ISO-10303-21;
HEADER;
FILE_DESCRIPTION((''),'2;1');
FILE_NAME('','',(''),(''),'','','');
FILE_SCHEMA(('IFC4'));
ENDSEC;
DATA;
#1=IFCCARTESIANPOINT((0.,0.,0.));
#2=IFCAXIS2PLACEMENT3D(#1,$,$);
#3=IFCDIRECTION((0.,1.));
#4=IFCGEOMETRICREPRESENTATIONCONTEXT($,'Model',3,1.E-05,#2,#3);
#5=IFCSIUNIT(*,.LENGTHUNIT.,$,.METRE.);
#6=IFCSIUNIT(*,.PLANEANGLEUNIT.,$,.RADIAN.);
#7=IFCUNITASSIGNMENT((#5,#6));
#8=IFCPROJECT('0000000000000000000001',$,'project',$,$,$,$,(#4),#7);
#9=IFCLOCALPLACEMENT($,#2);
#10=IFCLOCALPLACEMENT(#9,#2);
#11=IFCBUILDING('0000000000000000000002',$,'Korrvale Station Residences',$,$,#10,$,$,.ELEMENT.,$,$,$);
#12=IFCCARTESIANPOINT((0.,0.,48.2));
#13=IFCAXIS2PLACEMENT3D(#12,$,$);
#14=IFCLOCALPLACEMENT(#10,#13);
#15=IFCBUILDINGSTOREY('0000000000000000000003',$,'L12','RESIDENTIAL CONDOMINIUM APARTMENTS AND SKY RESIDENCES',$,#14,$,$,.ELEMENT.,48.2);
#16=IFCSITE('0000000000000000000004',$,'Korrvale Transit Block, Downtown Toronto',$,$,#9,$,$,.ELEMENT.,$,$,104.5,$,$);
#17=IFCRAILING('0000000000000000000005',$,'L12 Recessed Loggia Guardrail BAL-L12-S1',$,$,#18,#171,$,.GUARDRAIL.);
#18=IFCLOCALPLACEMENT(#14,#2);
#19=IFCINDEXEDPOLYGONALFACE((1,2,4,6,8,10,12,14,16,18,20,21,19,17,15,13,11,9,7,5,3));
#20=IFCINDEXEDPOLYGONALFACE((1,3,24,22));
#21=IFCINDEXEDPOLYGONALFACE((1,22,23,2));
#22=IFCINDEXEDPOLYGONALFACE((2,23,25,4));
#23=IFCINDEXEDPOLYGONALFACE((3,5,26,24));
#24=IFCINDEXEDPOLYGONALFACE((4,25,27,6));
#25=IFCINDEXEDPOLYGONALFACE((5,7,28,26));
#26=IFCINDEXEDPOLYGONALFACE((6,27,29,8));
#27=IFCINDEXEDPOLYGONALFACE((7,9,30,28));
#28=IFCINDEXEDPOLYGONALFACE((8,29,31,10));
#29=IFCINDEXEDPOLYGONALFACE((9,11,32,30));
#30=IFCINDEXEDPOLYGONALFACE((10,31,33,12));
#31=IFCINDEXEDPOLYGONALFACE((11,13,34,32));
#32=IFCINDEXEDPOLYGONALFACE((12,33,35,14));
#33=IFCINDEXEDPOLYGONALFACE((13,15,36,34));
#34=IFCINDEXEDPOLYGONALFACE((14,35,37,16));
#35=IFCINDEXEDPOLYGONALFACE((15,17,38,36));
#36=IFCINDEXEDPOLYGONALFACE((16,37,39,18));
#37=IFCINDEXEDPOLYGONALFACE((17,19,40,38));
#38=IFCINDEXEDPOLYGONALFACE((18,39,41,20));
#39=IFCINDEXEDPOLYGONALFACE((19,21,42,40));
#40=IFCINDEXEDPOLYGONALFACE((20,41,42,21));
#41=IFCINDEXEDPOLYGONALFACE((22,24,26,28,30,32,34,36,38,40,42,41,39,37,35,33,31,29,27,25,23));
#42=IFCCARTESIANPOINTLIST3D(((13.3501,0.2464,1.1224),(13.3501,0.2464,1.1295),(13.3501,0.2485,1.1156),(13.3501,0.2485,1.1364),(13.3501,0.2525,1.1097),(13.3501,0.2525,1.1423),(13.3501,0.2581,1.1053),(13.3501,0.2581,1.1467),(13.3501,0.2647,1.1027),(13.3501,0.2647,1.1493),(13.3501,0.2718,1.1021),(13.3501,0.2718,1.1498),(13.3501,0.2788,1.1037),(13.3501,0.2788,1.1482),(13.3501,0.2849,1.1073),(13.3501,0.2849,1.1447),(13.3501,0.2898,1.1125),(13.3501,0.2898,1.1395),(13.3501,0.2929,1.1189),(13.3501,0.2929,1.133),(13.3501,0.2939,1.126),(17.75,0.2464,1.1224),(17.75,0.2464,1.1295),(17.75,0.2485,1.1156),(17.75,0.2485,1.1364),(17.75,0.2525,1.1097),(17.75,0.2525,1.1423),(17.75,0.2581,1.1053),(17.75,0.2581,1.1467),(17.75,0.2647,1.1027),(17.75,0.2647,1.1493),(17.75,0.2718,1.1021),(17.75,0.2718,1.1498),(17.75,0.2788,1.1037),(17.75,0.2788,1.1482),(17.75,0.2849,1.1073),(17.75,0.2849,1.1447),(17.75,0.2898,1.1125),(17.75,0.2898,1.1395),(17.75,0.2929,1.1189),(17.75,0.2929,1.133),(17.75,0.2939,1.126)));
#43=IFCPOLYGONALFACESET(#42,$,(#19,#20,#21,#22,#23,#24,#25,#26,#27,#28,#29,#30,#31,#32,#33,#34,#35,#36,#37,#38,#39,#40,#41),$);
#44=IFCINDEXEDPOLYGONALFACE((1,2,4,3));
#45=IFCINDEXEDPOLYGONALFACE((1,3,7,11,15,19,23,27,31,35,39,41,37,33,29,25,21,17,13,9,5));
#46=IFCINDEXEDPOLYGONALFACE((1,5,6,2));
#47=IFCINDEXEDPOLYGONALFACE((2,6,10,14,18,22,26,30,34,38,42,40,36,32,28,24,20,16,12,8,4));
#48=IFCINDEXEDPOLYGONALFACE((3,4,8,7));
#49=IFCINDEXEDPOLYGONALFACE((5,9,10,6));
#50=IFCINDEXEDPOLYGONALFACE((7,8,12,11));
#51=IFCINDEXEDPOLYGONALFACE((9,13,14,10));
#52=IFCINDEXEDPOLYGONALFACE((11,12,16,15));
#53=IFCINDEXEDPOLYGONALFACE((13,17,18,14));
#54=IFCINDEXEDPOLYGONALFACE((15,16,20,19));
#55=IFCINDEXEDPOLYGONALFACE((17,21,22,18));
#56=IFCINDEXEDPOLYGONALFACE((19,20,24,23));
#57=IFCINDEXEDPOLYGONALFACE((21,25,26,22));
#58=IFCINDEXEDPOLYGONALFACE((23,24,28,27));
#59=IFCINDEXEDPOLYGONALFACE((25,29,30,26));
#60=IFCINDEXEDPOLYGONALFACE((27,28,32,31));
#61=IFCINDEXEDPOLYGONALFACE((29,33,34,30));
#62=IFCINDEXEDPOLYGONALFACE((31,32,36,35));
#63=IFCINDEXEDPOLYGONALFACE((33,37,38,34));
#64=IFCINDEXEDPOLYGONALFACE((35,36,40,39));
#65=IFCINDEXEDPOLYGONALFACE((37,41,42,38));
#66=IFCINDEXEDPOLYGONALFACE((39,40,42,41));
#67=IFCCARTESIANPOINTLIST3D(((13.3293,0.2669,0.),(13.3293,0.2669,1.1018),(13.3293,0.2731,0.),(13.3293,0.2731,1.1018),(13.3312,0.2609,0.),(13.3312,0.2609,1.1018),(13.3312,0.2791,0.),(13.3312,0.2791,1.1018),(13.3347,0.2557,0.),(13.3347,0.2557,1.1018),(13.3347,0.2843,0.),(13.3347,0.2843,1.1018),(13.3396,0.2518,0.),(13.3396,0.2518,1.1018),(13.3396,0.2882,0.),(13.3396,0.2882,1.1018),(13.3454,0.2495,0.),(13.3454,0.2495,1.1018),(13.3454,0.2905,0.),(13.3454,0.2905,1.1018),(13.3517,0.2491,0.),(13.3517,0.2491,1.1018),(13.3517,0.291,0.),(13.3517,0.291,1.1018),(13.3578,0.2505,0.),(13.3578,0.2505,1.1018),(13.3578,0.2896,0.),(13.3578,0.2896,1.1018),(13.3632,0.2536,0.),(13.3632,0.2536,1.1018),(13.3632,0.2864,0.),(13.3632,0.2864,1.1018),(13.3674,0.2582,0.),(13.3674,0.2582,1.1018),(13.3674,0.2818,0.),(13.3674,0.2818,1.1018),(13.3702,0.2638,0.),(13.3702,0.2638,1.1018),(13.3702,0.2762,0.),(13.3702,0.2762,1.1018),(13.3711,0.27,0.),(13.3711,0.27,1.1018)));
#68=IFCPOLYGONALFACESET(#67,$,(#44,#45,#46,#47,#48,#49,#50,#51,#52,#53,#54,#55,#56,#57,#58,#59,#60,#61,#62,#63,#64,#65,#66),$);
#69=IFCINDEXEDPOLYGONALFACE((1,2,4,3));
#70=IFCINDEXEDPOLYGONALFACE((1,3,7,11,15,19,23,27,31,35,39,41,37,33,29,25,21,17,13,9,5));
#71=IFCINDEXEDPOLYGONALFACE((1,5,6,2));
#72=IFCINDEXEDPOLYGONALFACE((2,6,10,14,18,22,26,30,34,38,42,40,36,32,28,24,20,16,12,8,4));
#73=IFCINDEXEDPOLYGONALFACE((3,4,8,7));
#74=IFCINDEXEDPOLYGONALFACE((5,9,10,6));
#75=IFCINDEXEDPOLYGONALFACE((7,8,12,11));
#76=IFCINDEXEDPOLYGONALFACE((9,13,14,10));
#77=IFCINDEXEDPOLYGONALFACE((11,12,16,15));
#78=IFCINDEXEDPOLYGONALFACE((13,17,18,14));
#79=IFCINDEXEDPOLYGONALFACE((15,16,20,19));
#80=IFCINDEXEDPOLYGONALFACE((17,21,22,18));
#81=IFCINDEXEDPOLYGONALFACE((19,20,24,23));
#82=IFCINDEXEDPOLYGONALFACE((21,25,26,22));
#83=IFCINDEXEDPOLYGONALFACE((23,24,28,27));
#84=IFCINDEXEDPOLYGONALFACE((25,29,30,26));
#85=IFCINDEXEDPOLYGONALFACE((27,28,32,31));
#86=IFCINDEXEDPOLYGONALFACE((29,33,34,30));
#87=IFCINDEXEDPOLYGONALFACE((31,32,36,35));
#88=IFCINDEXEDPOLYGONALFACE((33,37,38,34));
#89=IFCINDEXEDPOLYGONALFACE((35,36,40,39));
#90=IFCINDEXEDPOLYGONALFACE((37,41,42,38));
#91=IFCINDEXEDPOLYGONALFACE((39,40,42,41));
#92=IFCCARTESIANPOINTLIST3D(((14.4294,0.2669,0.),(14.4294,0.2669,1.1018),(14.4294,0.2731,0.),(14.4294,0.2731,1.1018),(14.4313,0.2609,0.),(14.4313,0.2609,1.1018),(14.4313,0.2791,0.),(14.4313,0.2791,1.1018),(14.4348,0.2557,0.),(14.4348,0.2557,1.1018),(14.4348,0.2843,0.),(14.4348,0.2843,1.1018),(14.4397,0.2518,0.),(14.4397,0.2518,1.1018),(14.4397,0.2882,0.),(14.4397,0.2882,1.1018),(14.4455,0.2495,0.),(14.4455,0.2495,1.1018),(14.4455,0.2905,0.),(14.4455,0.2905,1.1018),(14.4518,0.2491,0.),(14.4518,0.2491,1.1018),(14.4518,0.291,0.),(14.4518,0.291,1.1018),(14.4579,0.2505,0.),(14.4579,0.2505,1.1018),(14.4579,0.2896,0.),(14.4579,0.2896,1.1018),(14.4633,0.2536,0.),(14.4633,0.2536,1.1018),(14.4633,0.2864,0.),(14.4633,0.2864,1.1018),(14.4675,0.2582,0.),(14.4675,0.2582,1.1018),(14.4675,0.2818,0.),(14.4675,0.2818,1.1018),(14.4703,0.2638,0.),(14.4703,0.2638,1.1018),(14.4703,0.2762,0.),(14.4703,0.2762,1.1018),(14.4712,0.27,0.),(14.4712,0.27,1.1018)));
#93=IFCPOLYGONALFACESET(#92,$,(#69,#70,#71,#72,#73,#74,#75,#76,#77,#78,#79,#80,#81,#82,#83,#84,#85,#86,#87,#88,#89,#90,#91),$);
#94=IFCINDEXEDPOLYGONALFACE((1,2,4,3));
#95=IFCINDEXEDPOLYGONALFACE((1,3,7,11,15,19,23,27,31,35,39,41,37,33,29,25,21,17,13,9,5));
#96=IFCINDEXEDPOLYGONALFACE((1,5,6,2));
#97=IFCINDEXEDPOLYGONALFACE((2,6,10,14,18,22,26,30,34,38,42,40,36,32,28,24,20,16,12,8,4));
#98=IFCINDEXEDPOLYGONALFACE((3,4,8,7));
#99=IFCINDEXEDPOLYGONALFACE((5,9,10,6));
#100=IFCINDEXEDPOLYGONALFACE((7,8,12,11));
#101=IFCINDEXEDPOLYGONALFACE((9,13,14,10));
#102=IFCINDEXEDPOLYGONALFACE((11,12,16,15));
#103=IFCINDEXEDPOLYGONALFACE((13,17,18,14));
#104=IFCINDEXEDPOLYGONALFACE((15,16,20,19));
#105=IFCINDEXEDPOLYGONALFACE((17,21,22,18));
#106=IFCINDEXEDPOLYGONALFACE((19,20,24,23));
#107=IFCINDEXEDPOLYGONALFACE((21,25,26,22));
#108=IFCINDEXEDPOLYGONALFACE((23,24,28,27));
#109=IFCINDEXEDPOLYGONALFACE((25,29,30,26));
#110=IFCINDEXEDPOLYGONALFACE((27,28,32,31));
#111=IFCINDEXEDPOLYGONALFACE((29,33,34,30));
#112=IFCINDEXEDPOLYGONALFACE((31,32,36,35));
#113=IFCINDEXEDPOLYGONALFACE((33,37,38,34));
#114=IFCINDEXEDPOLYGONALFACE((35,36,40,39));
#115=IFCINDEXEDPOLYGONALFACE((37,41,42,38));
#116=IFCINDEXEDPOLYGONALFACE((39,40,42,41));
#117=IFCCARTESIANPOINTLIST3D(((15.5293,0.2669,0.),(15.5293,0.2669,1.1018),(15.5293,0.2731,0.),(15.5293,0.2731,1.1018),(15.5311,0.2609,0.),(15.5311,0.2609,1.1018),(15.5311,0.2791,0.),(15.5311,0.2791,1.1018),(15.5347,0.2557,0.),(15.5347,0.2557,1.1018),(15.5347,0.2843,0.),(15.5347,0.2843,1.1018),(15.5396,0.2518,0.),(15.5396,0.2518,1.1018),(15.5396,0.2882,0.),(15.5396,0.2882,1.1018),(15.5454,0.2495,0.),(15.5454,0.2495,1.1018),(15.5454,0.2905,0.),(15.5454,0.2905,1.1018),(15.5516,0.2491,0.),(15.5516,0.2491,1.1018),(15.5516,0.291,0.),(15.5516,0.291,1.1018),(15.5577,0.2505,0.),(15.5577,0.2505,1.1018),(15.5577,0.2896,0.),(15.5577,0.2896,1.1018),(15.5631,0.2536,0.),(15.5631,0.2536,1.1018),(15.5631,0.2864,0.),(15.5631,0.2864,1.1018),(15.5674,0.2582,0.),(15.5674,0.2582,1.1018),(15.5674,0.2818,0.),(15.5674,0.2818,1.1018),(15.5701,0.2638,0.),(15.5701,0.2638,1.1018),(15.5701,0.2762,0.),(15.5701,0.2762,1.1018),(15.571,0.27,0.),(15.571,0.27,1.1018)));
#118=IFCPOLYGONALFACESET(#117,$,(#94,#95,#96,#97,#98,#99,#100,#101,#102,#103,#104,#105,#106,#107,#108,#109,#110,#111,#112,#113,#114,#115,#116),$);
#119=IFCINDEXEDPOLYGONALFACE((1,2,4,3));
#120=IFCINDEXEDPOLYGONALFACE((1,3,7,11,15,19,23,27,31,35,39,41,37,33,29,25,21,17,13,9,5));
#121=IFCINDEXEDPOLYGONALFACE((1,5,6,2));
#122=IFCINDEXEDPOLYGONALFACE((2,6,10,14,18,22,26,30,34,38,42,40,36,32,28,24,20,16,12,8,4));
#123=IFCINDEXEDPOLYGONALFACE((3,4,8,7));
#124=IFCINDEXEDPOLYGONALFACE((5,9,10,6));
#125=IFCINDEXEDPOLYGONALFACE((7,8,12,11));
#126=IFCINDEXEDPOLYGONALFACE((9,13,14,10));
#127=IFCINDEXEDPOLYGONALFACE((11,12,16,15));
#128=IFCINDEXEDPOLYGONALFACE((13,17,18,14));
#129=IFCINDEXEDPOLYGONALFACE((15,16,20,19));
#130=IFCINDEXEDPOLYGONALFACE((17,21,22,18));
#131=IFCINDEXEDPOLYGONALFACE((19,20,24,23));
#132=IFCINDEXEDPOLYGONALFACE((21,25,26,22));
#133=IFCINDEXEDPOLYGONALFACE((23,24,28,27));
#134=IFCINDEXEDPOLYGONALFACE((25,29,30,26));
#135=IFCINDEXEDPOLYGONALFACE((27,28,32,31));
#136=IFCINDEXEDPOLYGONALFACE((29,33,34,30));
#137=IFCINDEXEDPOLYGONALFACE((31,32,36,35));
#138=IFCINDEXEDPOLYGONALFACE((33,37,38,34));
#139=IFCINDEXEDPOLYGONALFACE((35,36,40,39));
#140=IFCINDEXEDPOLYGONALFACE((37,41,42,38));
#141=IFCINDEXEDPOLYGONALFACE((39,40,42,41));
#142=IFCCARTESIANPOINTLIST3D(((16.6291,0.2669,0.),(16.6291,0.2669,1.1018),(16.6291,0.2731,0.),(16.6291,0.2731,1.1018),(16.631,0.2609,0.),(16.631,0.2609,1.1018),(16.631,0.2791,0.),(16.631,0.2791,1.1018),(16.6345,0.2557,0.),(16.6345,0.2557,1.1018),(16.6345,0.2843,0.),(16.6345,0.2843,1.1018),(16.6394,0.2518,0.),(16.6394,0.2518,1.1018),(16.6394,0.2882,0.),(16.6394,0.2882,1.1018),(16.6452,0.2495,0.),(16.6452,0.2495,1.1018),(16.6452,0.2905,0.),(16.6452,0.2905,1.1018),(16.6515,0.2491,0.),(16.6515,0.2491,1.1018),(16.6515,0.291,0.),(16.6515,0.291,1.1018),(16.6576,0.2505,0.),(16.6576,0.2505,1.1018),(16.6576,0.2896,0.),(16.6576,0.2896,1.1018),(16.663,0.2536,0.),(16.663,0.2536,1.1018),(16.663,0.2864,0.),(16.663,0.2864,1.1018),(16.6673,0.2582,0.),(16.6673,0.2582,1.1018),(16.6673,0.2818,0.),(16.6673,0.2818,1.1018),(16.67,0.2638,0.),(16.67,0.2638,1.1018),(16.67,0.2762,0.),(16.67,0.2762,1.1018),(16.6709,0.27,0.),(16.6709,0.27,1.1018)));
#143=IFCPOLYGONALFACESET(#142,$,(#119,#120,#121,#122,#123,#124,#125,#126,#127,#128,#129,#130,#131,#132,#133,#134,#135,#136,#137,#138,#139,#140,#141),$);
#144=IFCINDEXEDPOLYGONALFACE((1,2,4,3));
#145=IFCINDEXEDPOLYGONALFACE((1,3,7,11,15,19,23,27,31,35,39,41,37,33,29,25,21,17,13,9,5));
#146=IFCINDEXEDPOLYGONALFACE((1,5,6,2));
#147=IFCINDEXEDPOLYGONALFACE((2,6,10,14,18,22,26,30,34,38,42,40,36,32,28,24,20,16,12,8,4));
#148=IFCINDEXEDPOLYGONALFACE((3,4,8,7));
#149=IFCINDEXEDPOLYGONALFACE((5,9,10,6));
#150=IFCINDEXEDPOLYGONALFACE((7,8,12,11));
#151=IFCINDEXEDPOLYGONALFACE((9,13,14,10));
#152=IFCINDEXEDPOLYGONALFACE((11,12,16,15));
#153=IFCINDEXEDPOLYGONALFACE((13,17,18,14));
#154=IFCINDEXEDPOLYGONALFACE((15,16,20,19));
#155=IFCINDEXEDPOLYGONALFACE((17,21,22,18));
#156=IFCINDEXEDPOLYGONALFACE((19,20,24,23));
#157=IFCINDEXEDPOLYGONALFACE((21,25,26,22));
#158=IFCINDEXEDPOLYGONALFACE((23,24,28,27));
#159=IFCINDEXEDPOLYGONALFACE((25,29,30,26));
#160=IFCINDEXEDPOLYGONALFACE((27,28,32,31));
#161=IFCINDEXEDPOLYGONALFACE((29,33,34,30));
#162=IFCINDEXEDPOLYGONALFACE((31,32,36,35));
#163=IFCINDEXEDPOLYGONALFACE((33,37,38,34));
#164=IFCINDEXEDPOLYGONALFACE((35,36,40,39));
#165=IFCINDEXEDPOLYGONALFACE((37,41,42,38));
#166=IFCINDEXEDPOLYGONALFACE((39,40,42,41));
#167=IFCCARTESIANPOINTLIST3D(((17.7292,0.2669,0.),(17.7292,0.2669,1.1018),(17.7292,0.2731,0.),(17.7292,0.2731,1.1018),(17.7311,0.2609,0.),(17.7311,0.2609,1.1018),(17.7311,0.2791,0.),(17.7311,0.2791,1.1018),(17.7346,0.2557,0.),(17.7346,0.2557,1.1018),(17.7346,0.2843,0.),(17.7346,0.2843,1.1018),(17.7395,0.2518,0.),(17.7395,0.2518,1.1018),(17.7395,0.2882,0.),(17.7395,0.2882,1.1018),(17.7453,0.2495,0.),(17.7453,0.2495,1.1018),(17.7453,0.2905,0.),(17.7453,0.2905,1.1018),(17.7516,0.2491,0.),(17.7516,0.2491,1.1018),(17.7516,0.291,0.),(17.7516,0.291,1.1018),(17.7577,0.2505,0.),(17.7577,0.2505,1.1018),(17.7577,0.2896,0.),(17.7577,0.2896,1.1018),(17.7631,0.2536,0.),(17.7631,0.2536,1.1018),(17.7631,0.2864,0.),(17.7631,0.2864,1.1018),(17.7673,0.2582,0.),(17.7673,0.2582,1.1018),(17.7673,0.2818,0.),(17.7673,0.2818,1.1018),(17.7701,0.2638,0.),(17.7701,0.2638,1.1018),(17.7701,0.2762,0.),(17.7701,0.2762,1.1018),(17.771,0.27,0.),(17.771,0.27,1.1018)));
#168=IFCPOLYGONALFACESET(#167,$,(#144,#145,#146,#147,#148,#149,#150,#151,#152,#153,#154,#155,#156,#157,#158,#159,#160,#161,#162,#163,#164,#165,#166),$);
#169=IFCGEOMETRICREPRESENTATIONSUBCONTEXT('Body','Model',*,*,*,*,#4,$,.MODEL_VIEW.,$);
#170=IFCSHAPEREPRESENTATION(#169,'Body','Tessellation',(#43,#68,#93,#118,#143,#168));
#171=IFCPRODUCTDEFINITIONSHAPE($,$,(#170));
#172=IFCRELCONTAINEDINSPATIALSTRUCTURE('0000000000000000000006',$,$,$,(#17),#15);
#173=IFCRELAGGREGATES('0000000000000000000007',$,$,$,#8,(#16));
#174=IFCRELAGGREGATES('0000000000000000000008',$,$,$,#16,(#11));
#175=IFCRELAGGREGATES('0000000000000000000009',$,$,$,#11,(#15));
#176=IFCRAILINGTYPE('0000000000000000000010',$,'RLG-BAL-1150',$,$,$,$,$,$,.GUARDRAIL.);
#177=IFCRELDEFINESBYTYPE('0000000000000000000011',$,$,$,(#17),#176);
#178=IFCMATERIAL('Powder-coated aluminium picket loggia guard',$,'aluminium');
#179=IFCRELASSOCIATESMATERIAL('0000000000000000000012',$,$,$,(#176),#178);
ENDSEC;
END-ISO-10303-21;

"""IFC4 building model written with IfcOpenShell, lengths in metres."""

from ifc_helpers import new_model, si_unit, direction, frame, origin, origin_2d, place, context, subcontext, project, spatial, circle, extrude, material, type_object, element, save


model = new_model("IFC4")

# Units and contexts
model_context = context("Model", 3, precision=1e-05, world=origin(), true_north=direction((0.0, 1.0)))
body_context = subcontext(model_context, "Body", "Model", "MODEL_VIEW")
ifc_project = project(units=[si_unit("LENGTHUNIT", "METRE"), si_unit("PLANEANGLEUNIT", "RADIAN")], contexts=[model_context])

# Site, building, storey
site_placement = place(None, origin())
site = spatial("IfcSite", under=ifc_project, at=site_placement, Name="Korrvale Transit Block, Downtown Toronto", CompositionType="ELEMENT", RefElevation=104.5)
building_placement = place(site_placement, origin())
building = spatial("IfcBuilding", under=site, at=building_placement, Name="Korrvale Station Residences", CompositionType="ELEMENT")
storey_placement = place(building_placement, frame((0.0, 0.0, 48.2)))
storey = spatial("IfcBuildingStorey", under=building, at=storey_placement, Name="L12", Description="RESIDENTIAL CONDOMINIUM APARTMENTS AND SKY RESIDENCES", CompositionType="ELEMENT", Elevation=48.2)

# Railing
ifc_material_1 = material(Name="Powder-coated aluminium picket loggia guard", Category="aluminium")
railing_type = type_object("IfcRailingType", Name="RLG-BAL-1150", PredefinedType="GUARDRAIL", material=ifc_material_1)
railing_placement = place(storey_placement, frame((13.3501, 0.27, 0.0)))
element("IfcRailing", 1, at=railing_placement, inside=storey, type_object=railing_type, Name="L12 Recessed Loggia Guardrail BAL-L12-S1", PredefinedType="GUARDRAIL", context=body_context, shape_type="SweptSolid", body=[
    extrude(circle(Radius=0.0239, at=origin_2d()), frame((0.0, 0.0, 1.126), z_axis=(1.0, 0.0, 0.0), x_axis=(0.0, 1.0, 0.0)), (0.0, 0.0, 1.0), 4.3999),
    extrude(circle(Radius=0.021, at=origin_2d()), origin(), (0.0, 0.0, 1.0), 1.1018),
    extrude(circle(Radius=0.021, at=origin_2d()), frame((1.1001, 0.0, 0.0)), (0.0, 0.0, 1.0), 1.1018),
    extrude(circle(Radius=0.021, at=origin_2d()), frame((2.2, 0.0, 0.0)), (0.0, 0.0, 1.0), 1.1018),
    extrude(circle(Radius=0.021, at=origin_2d()), frame((3.2998, 0.0, 0.0)), (0.0, 0.0, 1.0), 1.1018),
    extrude(circle(Radius=0.021, at=origin_2d()), frame((4.3999, 0.0, 0.0)), (0.0, 0.0, 1.0), 1.1018),
])

save(model, "model.ifc")
